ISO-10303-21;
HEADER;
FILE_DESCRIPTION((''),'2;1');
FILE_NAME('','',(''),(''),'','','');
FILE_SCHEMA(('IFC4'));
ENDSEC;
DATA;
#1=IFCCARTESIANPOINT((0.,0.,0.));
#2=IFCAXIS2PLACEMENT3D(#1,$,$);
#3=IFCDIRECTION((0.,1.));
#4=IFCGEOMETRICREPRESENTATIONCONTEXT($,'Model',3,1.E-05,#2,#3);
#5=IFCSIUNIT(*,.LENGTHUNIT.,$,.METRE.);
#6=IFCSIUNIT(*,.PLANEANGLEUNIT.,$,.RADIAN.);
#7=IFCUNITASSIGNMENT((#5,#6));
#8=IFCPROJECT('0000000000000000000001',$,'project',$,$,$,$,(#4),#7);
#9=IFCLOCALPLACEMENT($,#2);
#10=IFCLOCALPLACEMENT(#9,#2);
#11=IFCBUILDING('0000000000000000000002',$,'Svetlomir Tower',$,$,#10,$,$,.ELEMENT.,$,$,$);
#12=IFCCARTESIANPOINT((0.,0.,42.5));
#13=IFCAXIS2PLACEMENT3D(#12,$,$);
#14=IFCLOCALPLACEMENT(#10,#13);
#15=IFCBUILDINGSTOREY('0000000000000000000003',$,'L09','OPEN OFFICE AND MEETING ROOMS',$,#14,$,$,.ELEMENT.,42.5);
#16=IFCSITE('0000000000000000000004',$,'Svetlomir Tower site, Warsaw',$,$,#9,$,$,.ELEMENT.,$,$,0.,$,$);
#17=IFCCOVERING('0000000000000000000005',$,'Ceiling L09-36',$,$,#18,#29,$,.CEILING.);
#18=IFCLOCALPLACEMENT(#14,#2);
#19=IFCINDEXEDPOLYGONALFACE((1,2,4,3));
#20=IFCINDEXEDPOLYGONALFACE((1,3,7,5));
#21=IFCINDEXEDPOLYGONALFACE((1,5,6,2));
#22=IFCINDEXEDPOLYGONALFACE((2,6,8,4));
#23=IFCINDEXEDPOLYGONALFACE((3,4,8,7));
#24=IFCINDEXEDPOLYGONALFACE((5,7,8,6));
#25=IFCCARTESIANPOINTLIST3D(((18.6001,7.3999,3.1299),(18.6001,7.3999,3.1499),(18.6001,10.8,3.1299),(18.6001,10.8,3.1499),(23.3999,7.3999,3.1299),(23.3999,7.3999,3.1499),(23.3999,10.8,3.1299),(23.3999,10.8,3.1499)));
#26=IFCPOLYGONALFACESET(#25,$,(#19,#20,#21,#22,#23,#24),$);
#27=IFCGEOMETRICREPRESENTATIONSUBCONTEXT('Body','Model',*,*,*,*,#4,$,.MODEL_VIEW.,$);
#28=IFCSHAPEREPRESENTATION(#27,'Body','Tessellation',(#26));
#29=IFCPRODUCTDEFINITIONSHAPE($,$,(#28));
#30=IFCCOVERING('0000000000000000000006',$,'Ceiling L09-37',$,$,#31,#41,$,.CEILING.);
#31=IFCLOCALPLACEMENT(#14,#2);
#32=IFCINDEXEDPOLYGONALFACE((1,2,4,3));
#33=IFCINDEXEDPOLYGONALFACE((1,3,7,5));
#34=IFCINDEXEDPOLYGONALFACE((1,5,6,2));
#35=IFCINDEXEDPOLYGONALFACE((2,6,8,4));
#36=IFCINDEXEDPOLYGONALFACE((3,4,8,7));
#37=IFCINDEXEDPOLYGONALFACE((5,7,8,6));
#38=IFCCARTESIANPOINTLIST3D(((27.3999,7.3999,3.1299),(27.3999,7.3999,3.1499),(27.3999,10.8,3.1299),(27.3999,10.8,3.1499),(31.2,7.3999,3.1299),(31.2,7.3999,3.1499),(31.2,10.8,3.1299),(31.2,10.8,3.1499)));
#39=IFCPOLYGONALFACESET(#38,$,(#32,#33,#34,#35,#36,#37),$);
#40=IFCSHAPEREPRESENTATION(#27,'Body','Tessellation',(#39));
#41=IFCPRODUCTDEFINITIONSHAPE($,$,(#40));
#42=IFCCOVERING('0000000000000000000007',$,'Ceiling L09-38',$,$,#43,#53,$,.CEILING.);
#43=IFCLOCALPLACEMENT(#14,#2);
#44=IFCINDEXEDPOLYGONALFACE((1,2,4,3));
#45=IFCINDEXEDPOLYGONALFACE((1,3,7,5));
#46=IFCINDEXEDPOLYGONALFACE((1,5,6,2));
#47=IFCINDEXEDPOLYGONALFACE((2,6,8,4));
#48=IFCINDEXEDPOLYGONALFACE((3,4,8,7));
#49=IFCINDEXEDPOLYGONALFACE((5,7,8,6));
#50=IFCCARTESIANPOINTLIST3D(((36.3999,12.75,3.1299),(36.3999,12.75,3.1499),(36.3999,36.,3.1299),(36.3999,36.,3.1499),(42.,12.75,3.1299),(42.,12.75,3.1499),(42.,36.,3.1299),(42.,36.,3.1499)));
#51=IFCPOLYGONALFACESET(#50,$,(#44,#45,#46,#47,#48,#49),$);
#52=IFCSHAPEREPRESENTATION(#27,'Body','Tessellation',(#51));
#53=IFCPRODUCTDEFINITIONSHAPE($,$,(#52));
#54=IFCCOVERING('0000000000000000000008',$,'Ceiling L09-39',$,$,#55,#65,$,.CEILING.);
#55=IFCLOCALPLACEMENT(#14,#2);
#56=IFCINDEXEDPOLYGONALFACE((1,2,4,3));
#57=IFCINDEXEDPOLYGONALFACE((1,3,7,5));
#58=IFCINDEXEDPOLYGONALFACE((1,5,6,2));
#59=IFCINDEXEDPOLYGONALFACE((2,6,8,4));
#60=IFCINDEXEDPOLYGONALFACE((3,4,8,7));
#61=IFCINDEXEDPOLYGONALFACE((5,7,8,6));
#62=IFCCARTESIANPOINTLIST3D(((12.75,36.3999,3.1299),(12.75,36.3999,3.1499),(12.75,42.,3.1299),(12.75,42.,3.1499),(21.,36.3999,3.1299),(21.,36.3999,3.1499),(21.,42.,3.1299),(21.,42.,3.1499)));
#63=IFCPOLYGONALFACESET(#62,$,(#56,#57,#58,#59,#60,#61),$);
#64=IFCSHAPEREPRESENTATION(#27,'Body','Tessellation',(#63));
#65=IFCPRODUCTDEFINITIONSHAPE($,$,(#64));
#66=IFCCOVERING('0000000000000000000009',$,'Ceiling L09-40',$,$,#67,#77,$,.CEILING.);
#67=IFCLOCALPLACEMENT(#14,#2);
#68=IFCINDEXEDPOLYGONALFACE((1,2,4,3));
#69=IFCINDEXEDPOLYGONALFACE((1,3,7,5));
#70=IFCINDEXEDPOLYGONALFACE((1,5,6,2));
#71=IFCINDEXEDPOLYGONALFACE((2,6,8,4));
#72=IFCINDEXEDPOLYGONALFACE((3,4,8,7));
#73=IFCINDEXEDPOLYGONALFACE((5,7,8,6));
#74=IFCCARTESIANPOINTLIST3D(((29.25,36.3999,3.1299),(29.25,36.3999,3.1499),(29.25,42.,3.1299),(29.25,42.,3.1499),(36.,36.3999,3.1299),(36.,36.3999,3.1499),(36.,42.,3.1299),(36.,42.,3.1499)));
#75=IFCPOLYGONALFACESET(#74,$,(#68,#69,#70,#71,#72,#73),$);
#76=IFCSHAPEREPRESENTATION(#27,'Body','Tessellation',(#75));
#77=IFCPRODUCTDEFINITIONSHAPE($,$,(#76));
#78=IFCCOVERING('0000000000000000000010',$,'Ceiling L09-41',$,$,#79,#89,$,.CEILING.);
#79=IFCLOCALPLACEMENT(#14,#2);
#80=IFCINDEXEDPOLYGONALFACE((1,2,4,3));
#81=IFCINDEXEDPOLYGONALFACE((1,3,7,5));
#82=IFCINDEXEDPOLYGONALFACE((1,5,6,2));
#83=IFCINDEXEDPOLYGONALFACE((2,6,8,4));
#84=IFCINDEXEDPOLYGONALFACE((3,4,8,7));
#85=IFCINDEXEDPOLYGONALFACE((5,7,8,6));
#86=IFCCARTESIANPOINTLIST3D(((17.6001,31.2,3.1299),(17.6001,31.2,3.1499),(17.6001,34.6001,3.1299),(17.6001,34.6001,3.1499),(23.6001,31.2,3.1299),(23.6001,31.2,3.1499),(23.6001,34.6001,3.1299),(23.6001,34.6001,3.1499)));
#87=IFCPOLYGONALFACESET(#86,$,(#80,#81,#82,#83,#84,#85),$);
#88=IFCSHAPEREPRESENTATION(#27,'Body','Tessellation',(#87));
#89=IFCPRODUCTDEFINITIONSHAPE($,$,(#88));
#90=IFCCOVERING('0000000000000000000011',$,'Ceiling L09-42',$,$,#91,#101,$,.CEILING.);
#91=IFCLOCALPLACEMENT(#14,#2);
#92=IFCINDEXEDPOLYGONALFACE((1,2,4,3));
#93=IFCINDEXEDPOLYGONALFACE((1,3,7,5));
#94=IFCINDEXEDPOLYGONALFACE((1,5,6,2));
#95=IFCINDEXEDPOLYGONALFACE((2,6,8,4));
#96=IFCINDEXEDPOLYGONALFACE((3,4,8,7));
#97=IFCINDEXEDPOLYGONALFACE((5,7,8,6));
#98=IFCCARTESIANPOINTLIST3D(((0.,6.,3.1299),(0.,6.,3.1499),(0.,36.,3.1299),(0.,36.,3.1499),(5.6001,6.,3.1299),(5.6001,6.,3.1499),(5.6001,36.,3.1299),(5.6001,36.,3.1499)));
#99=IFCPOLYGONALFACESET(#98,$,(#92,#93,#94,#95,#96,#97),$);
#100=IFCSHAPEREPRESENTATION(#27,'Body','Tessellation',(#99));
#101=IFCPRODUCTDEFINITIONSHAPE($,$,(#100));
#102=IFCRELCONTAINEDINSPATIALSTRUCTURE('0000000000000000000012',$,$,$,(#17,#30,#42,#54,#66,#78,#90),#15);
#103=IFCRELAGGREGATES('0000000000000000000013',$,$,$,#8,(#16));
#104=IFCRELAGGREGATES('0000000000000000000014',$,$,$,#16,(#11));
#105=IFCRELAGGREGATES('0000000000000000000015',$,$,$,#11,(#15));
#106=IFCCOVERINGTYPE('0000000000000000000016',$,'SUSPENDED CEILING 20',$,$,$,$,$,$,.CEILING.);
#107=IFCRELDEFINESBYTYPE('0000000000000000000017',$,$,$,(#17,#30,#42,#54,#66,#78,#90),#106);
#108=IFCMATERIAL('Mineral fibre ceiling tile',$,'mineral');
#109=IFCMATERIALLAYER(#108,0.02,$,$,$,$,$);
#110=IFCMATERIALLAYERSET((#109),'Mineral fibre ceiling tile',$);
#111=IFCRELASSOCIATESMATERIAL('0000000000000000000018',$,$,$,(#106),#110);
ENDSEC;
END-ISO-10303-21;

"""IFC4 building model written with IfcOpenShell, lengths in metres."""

from ifc_helpers import new_model, si_unit, direction, frame, origin, place, context, subcontext, project, spatial, polyline, outline, extrude, material, layer, layer_set, type_object, element, save


model = new_model("IFC4")

# Units and contexts
model_context = context("Model", 3, precision=1e-05, world=origin(), true_north=direction((0.0, 1.0)))
body_context = subcontext(model_context, "Body", "Model", "MODEL_VIEW")
ifc_project = project(units=[si_unit("LENGTHUNIT", "METRE"), si_unit("PLANEANGLEUNIT", "RADIAN")], contexts=[model_context])

# Site, building, storey
site_placement = place(None, origin())
site = spatial("IfcSite", under=ifc_project, at=site_placement, Name="Svetlomir Tower site, Warsaw", CompositionType="ELEMENT", RefElevation=0.0)
building_placement = place(site_placement, origin())
building = spatial("IfcBuilding", under=site, at=building_placement, Name="Svetlomir Tower", CompositionType="ELEMENT")
storey_placement = place(building_placement, frame((0.0, 0.0, 42.5)))
storey = spatial("IfcBuildingStorey", under=building, at=storey_placement, Name="L09", Description="OPEN OFFICE AND MEETING ROOMS", CompositionType="ELEMENT", Elevation=42.5)

# Coverings
ifc_material_1 = material(Name="Mineral fibre ceiling tile", Category="mineral")
ifc_layer_1 = layer(ifc_material_1, 0.02)
ifc_layer_set_1 = layer_set([ifc_layer_1], Name="Mineral fibre ceiling tile")
covering_type_1 = type_object("IfcCoveringType", Name="SUSPENDED CEILING 20", PredefinedType="CEILING", material=ifc_layer_set_1)
covering_1_placement = place(storey_placement, frame((0.0, 0.0, 3.1299)))
element("IfcCovering", 1, at=covering_1_placement, inside=storey, type_object=covering_type_1, Name="Ceiling L09-36", PredefinedType="CEILING", context=body_context, shape_type="SweptSolid", body=[
    extrude(outline(polyline([(23.3999, 10.8), (23.3999, 7.3999), (18.6001, 7.3999), (18.6001, 10.8), (23.3999, 10.8)])), origin(), (0.0, 0.0, 1.0), 0.02),
])
covering_2_placement = place(storey_placement, frame((0.0, 0.0, 3.1299)))
element("IfcCovering", 2, at=covering_2_placement, inside=storey, type_object=covering_type_1, Name="Ceiling L09-37", PredefinedType="CEILING", context=body_context, shape_type="SweptSolid", body=[
    extrude(outline(polyline([(31.2, 10.8), (31.2, 7.3999), (27.3999, 7.3999), (27.3999, 10.8), (31.2, 10.8)])), origin(), (0.0, 0.0, 1.0), 0.02),
])
covering_3_placement = place(storey_placement, frame((0.0, 0.0, 3.1299)))
element("IfcCovering", 3, at=covering_3_placement, inside=storey, type_object=covering_type_1, Name="Ceiling L09-38", PredefinedType="CEILING", context=body_context, shape_type="SweptSolid", body=[
    extrude(outline(polyline([(42.0, 12.75), (36.3999, 12.75), (36.3999, 36.0), (42.0, 36.0), (42.0, 12.75)])), origin(), (0.0, 0.0, 1.0), 0.02),
])
covering_4_placement = place(storey_placement, frame((0.0, 0.0, 3.1299)))
element("IfcCovering", 4, at=covering_4_placement, inside=storey, type_object=covering_type_1, Name="Ceiling L09-39", PredefinedType="CEILING", context=body_context, shape_type="SweptSolid", body=[
    extrude(outline(polyline([(21.0, 42.0), (21.0, 36.3999), (12.75, 36.3999), (12.75, 42.0), (21.0, 42.0)])), origin(), (0.0, 0.0, 1.0), 0.02),
])
covering_5_placement = place(storey_placement, frame((0.0, 0.0, 3.1299)))
element("IfcCovering", 5, at=covering_5_placement, inside=storey, type_object=covering_type_1, Name="Ceiling L09-40", PredefinedType="CEILING", context=body_context, shape_type="SweptSolid", body=[
    extrude(outline(polyline([(36.0, 42.0), (36.0, 36.3999), (29.25, 36.3999), (29.25, 42.0), (36.0, 42.0)])), origin(), (0.0, 0.0, 1.0), 0.02),
])
covering_6_placement = place(storey_placement, frame((0.0, 0.0, 3.1299)))
element("IfcCovering", 6, at=covering_6_placement, inside=storey, type_object=covering_type_1, Name="Ceiling L09-41", PredefinedType="CEILING", context=body_context, shape_type="SweptSolid", body=[
    extrude(outline(polyline([(17.6001, 31.2), (17.6001, 34.6001), (23.6001, 34.6001), (23.6001, 31.2), (17.6001, 31.2)])), origin(), (0.0, 0.0, 1.0), 0.02),
])
covering_7_placement = place(storey_placement, frame((0.0, 0.0, 3.1299)))
element("IfcCovering", 7, at=covering_7_placement, inside=storey, type_object=covering_type_1, Name="Ceiling L09-42", PredefinedType="CEILING", context=body_context, shape_type="SweptSolid", body=[
    extrude(outline(polyline([(0.0, 36.0), (5.6001, 36.0), (5.6001, 6.0), (0.0, 6.0), (0.0, 36.0)])), origin(), (0.0, 0.0, 1.0), 0.02),
])

save(model, "model.ifc")
